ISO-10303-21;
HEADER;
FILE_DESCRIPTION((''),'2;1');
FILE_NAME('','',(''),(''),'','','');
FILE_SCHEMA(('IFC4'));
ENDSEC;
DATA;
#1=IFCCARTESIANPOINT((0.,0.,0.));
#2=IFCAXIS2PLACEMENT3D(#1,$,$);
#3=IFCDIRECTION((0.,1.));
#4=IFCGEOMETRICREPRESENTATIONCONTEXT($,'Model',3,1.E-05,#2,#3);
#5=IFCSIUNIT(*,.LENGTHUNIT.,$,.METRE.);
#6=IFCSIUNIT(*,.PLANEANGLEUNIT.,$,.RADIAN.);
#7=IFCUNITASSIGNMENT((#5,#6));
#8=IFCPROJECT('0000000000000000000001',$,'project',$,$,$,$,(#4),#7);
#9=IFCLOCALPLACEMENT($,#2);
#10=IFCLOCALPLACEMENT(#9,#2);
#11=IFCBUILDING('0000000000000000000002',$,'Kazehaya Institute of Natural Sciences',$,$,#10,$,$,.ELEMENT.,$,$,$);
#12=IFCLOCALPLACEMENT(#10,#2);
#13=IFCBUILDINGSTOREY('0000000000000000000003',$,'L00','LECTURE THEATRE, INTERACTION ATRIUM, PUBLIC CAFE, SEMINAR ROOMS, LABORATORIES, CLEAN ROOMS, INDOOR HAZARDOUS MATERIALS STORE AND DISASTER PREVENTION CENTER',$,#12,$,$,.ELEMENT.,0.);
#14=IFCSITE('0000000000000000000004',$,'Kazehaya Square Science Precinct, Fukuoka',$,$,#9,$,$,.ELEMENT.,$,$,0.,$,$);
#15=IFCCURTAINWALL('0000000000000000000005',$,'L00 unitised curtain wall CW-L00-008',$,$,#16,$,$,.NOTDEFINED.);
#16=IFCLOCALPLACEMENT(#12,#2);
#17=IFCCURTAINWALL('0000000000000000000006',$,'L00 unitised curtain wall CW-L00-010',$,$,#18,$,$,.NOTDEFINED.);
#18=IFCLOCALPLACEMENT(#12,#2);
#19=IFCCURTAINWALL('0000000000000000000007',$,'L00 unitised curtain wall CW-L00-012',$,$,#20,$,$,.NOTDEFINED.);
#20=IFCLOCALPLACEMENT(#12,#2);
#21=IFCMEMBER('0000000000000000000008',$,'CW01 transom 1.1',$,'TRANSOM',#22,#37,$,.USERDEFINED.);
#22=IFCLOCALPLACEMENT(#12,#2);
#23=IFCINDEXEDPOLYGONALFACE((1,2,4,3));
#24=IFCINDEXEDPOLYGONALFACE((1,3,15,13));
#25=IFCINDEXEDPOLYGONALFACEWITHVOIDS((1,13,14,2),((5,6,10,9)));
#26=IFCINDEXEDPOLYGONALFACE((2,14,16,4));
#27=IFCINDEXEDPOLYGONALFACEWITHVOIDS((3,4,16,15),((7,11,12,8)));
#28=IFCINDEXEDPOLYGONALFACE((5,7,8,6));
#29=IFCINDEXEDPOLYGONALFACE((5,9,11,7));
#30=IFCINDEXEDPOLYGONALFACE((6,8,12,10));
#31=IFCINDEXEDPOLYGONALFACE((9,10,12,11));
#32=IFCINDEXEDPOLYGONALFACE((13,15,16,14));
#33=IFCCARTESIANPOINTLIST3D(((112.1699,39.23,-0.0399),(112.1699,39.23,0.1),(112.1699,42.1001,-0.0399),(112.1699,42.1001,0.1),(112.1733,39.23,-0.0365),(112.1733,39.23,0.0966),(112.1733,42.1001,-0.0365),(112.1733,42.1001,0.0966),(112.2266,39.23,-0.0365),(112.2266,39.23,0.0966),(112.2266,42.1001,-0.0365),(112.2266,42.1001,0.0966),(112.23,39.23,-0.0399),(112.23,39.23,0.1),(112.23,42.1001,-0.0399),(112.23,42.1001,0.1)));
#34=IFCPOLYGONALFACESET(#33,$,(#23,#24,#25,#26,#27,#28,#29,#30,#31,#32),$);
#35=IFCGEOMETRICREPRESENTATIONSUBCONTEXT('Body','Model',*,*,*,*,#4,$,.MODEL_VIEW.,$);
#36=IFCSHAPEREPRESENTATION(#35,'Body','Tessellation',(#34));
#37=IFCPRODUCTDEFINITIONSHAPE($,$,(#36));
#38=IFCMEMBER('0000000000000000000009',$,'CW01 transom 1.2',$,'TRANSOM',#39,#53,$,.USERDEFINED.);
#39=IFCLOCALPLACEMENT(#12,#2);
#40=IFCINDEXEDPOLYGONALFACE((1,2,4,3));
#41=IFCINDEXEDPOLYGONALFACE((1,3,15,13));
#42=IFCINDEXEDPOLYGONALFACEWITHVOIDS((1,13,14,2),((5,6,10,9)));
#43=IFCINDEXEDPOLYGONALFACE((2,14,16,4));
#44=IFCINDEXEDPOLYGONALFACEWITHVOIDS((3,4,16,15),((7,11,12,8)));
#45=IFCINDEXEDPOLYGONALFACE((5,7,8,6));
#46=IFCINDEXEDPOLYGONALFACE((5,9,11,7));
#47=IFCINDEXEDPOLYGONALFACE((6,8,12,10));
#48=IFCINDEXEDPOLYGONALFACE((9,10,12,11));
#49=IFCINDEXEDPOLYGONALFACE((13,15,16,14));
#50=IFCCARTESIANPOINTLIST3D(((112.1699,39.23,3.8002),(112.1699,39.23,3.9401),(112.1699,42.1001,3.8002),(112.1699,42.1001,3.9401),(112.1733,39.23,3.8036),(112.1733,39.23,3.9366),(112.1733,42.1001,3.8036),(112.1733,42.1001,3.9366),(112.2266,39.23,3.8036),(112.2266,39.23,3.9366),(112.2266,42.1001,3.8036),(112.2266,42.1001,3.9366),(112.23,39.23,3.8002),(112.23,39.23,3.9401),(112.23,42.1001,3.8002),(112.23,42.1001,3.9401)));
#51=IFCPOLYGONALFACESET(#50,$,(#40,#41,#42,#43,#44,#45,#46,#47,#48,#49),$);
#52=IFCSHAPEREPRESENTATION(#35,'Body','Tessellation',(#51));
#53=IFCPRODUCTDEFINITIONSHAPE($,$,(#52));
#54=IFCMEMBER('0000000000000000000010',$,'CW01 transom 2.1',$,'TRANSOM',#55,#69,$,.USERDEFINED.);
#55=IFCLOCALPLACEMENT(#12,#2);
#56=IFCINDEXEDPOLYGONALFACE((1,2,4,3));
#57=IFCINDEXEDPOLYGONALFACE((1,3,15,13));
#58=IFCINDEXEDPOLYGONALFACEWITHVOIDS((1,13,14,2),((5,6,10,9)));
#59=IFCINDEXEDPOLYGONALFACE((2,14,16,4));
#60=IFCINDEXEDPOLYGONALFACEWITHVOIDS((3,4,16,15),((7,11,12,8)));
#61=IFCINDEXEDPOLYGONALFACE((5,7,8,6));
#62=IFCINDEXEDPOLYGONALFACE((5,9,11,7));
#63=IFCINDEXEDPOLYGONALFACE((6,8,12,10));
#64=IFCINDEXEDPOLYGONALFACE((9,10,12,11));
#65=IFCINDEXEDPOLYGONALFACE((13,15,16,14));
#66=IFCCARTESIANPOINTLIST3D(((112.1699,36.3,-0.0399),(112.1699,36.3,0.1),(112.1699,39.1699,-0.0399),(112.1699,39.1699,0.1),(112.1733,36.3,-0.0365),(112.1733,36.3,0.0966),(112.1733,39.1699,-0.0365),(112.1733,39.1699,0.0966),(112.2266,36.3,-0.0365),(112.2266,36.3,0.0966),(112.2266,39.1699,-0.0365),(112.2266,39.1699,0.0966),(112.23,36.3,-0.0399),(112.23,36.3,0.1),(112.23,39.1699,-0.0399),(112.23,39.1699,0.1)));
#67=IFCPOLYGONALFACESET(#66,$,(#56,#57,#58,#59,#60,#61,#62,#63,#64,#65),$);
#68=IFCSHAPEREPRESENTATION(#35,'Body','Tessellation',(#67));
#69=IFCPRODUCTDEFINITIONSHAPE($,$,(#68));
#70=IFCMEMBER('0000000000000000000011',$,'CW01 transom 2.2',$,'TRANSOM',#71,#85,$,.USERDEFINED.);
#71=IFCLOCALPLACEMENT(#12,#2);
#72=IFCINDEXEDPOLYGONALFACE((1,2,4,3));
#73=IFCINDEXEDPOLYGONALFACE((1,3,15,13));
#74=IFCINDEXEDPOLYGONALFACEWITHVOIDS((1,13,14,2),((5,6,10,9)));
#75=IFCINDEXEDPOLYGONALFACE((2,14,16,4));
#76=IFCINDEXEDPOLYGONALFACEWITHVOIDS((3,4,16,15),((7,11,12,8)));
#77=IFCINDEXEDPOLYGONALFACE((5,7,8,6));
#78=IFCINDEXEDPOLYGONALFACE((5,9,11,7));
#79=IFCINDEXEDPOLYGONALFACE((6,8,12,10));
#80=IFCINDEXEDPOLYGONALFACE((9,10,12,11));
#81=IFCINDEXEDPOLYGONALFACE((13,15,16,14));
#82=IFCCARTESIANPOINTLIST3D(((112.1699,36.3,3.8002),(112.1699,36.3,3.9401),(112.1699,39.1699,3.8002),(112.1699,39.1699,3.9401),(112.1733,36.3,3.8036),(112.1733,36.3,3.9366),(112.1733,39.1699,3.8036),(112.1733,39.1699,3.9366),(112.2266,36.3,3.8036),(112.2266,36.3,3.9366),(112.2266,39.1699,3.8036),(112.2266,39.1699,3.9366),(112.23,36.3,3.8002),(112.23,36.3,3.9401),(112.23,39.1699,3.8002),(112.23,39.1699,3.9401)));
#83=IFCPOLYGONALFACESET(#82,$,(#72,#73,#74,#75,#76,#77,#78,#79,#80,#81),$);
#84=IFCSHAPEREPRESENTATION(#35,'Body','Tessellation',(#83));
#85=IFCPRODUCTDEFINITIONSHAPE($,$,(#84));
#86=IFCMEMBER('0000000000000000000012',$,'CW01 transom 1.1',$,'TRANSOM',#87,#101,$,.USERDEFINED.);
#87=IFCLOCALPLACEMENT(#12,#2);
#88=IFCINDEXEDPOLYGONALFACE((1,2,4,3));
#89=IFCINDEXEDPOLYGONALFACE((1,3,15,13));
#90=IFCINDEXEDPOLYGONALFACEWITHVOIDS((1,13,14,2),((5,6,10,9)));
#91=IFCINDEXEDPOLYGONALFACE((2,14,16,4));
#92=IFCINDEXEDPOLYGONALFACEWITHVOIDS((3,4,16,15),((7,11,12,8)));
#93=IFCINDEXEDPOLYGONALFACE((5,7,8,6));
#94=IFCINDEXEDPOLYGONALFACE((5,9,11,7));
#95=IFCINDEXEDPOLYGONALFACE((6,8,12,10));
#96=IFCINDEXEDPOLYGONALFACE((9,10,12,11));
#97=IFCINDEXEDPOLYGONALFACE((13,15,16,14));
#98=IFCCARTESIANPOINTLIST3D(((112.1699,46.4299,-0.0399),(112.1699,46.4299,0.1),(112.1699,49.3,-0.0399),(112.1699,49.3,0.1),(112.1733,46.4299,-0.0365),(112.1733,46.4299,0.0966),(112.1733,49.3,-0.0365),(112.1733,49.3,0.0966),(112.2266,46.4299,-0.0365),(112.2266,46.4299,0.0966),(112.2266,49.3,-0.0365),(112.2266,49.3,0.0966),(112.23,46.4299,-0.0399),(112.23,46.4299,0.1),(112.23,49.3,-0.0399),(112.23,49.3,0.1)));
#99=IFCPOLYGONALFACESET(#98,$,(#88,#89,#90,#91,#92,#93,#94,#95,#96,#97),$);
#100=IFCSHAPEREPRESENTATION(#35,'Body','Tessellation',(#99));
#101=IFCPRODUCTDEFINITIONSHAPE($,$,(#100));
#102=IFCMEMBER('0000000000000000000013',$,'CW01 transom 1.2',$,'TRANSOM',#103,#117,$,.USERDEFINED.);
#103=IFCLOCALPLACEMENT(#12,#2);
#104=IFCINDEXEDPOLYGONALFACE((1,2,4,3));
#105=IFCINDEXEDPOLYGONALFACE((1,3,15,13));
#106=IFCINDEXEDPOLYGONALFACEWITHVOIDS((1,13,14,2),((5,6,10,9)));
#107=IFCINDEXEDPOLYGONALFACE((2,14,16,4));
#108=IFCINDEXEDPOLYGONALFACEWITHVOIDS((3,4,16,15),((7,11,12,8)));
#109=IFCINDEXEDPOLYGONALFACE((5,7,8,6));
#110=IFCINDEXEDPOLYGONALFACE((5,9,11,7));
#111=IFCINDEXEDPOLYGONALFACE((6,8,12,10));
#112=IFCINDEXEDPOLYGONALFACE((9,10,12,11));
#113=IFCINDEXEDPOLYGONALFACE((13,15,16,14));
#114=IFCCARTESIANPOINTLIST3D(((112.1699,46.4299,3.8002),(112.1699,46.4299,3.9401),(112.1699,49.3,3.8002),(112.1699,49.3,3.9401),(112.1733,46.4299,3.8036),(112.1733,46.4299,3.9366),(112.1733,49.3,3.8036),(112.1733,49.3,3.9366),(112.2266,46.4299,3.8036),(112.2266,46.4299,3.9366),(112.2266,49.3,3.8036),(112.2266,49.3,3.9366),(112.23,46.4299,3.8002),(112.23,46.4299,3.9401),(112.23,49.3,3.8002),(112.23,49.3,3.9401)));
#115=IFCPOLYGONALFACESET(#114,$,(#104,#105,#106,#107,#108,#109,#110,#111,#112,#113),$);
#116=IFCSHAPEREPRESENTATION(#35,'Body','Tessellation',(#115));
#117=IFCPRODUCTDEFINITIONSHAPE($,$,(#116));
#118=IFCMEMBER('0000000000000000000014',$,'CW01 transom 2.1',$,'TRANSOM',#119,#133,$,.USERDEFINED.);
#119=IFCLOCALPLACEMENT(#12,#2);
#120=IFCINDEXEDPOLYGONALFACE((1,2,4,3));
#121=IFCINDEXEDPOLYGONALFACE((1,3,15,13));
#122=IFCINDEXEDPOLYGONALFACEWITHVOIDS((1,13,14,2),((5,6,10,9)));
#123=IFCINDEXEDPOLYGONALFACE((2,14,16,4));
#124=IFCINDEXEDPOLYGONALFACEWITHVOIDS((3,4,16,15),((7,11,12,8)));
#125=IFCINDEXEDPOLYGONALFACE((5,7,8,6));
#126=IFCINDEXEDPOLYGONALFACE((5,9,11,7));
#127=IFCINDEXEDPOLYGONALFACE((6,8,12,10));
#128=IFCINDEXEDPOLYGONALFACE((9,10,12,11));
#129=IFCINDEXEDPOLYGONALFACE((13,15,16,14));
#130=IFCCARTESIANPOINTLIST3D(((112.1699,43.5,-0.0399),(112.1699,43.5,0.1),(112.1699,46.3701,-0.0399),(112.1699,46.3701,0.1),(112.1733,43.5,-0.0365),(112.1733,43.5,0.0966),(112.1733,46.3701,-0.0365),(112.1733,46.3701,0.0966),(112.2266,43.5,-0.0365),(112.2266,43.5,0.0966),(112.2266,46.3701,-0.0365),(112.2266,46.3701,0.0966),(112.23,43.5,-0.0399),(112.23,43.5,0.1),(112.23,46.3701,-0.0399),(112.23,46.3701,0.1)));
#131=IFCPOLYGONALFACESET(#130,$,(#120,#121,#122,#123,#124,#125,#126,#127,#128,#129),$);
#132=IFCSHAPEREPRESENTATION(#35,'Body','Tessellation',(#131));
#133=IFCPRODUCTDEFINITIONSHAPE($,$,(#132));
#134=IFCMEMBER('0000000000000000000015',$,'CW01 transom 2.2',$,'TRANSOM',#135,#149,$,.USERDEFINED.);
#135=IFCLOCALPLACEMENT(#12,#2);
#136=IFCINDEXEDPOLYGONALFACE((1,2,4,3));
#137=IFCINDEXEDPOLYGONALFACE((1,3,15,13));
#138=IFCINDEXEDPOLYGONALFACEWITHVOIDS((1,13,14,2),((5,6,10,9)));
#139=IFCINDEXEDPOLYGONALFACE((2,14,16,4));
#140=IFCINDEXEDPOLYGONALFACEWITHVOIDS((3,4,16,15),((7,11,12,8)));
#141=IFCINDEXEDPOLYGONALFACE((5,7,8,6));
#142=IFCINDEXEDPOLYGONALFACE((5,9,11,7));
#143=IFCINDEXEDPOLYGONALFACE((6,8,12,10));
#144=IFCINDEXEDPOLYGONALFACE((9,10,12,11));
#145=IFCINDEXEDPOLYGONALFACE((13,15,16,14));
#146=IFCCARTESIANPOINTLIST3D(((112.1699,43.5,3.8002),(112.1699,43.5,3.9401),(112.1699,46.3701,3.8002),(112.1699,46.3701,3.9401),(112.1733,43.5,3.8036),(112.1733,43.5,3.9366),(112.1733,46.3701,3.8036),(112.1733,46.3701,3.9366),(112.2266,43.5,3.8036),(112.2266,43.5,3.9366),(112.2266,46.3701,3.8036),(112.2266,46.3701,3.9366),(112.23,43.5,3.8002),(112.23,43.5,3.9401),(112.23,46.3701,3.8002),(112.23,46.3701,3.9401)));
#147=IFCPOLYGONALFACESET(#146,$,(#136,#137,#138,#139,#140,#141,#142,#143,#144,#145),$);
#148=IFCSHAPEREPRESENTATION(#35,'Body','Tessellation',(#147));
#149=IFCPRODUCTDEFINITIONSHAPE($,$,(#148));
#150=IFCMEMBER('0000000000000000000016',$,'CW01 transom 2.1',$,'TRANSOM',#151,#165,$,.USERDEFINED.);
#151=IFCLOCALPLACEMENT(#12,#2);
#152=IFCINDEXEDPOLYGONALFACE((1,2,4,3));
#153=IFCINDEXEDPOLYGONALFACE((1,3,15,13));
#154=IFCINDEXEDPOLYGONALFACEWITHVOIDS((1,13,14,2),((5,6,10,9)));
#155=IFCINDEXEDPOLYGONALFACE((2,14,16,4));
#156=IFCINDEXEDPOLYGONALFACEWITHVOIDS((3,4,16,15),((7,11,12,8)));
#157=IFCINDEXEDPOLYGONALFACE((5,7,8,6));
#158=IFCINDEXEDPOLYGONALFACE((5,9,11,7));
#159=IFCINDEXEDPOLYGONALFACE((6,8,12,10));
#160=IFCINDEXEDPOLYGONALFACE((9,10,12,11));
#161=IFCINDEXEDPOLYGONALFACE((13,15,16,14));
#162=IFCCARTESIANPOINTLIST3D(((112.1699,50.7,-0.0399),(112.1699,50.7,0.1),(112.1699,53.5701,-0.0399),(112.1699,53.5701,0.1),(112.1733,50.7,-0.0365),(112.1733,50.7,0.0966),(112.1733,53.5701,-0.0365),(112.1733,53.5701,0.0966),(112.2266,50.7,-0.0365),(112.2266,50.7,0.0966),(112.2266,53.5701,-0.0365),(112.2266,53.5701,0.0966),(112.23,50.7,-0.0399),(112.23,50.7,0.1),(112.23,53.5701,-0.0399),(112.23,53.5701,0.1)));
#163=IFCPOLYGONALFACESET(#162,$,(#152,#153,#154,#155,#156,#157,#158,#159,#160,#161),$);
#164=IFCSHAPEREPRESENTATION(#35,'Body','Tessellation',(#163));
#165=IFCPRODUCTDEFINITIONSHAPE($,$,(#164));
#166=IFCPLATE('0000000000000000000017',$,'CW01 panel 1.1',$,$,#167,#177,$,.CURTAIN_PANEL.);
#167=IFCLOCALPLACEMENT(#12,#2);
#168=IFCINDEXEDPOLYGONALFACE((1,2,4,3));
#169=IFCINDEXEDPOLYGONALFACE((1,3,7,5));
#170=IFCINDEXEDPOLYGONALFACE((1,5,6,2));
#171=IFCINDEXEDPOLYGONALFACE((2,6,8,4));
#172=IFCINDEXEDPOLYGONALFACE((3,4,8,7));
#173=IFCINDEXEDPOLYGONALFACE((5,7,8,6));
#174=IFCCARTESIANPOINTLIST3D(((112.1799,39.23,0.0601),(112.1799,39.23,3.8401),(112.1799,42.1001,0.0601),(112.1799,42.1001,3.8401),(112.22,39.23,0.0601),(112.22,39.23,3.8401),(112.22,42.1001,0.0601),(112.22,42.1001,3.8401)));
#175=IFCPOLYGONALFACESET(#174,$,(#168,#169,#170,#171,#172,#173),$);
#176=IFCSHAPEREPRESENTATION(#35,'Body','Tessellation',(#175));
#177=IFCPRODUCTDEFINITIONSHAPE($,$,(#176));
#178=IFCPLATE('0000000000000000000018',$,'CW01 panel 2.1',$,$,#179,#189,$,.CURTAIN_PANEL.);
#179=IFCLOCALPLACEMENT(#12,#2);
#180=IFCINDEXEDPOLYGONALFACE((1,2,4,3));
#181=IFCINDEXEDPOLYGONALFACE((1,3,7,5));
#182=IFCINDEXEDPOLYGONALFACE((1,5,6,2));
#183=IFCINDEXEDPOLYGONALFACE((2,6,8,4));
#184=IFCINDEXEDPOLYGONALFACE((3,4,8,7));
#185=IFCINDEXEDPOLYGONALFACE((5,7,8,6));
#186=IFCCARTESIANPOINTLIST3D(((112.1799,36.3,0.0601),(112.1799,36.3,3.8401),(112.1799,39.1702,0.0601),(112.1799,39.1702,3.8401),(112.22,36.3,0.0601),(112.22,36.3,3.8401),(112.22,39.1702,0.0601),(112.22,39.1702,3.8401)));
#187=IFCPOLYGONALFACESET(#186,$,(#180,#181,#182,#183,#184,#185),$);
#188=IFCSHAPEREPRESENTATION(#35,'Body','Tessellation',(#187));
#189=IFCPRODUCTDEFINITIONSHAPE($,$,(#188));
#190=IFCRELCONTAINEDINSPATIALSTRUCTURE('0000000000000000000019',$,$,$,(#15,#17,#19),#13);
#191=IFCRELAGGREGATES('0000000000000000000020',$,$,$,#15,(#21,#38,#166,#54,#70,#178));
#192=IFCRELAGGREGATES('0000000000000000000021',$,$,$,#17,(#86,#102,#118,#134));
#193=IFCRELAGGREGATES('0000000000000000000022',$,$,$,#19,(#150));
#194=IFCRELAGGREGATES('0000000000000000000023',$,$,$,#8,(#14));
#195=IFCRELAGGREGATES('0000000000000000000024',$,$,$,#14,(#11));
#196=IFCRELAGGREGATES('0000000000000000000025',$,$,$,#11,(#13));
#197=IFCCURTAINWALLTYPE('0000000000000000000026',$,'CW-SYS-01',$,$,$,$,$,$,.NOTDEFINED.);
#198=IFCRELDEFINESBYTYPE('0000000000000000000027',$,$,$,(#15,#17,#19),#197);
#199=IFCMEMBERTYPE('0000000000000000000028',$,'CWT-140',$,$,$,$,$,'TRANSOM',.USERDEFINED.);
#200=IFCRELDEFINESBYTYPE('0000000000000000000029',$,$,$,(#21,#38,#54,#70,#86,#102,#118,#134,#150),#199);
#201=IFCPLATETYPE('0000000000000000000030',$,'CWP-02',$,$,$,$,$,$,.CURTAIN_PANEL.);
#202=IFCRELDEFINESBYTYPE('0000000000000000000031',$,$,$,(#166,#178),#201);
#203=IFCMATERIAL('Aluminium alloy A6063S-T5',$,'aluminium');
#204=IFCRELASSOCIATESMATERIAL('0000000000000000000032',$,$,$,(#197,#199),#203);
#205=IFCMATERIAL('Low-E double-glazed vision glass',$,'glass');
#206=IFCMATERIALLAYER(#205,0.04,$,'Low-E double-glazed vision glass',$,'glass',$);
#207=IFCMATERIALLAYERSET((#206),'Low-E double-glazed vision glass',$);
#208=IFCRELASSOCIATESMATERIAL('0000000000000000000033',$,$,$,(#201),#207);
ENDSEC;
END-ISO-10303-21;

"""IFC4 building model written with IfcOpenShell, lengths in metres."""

from ifc_helpers import new_model, si_unit, direction, frame, origin, origin_2d, place, context, subcontext, project, spatial, rectangle, hollow_rectangle, extrude, material, layer, layer_set, material_profile, profile_set, type_object, element, aggregate, save


model = new_model("IFC4")

# Units and contexts
model_context = context("Model", 3, precision=1e-05, world=origin(), true_north=direction((0.0, 1.0)))
body_context = subcontext(model_context, "Body", "Model", "MODEL_VIEW")
ifc_project = project(units=[si_unit("LENGTHUNIT", "METRE"), si_unit("PLANEANGLEUNIT", "RADIAN")], contexts=[model_context])

# Site, building, storey
site_placement = place(None, origin())
site = spatial("IfcSite", under=ifc_project, at=site_placement, Name="Kazehaya Square Science Precinct, Fukuoka", CompositionType="ELEMENT", RefElevation=0.0)
building_placement = place(site_placement, origin())
building = spatial("IfcBuilding", under=site, at=building_placement, Name="Kazehaya Institute of Natural Sciences", CompositionType="ELEMENT")
storey_placement = place(building_placement, origin())
storey = spatial("IfcBuildingStorey", under=building, at=storey_placement, Name="L00", Description="LECTURE THEATRE, INTERACTION ATRIUM, PUBLIC CAFE, SEMINAR ROOMS, LABORATORIES, CLEAN ROOMS, INDOOR HAZARDOUS MATERIALS STORE AND DISASTER PREVENTION CENTER", CompositionType="ELEMENT", Elevation=0.0)

# Curtain walls
ifc_material_1 = material(Name="Aluminium alloy A6063S-T5", Category="aluminium")
curtain_wall_type = type_object("IfcCurtainWallType", Name="CW-SYS-01", PredefinedType="NOTDEFINED", material=ifc_material_1)
curtain_wall_1_placement = place(storey_placement, origin())
curtain_wall_1 = element("IfcCurtainWall", 1, at=curtain_wall_1_placement, inside=storey, type_object=curtain_wall_type, Name="L00 unitised curtain wall CW-L00-008", PredefinedType="NOTDEFINED")
curtain_wall_2_placement = place(storey_placement, origin())
curtain_wall_2 = element("IfcCurtainWall", 2, at=curtain_wall_2_placement, inside=storey, type_object=curtain_wall_type, Name="L00 unitised curtain wall CW-L00-010", PredefinedType="NOTDEFINED")

# Curtain wall
curtain_wall_3_placement = place(storey_placement, origin())
curtain_wall_3 = element("IfcCurtainWall", 3, at=curtain_wall_3_placement, inside=storey, type_object=curtain_wall_type, Name="L00 unitised curtain wall CW-L00-012", PredefinedType="NOTDEFINED")

# Members
ifc_material_profile_1 = material_profile(ifc_material_1, hollow_rectangle(XDim=0.0601, YDim=0.1399, WallThickness=0.0034, at=origin_2d()), Name="ALU-60x140x3.5")
ifc_profile_set_1 = profile_set([ifc_material_profile_1], Name="Aluminium alloy A6063S-T5")
member_type_1 = type_object("IfcMemberType", Name="CWT-140", ElementType="TRANSOM", PredefinedType="USERDEFINED", material=ifc_profile_set_1)
member_1_placement = place(storey_placement, frame((112.2, 42.1001, 0.03), z_axis=(0.0, -1.0, 0.0), x_axis=(1.0, 0.0, 0.0)))
member_1 = element("IfcMember", 4, at=member_1_placement, type_object=member_type_1, Name="CW01 transom 1.1", ObjectType="TRANSOM", PredefinedType="USERDEFINED", context=body_context, shape_type="SweptSolid", body=[
    extrude(hollow_rectangle(XDim=0.0601, YDim=0.1399, WallThickness=0.0034, at=origin_2d()), origin(), (0.0, 0.0, 1.0), 2.8701),
])
member_2_placement = place(storey_placement, frame((112.2, 42.1001, 3.8701), z_axis=(0.0, -1.0, 0.0), x_axis=(1.0, 0.0, 0.0)))
member_2 = element("IfcMember", 5, at=member_2_placement, type_object=member_type_1, Name="CW01 transom 1.2", ObjectType="TRANSOM", PredefinedType="USERDEFINED", context=body_context, shape_type="SweptSolid", body=[
    extrude(hollow_rectangle(XDim=0.0601, YDim=0.1399, WallThickness=0.0034, at=origin_2d()), origin(), (0.0, 0.0, 1.0), 2.8701),
])
member_3_placement = place(storey_placement, frame((112.2, 39.1699, 0.03), z_axis=(0.0, -1.0, 0.0), x_axis=(1.0, 0.0, 0.0)))
member_3 = element("IfcMember", 6, at=member_3_placement, type_object=member_type_1, Name="CW01 transom 2.1", ObjectType="TRANSOM", PredefinedType="USERDEFINED", context=body_context, shape_type="SweptSolid", body=[
    extrude(hollow_rectangle(XDim=0.0601, YDim=0.1399, WallThickness=0.0034, at=origin_2d()), origin(), (0.0, 0.0, 1.0), 2.8699),
])
member_4_placement = place(storey_placement, frame((112.2, 39.1699, 3.8701), z_axis=(0.0, -1.0, 0.0), x_axis=(1.0, 0.0, 0.0)))
member_4 = element("IfcMember", 7, at=member_4_placement, type_object=member_type_1, Name="CW01 transom 2.2", ObjectType="TRANSOM", PredefinedType="USERDEFINED", context=body_context, shape_type="SweptSolid", body=[
    extrude(hollow_rectangle(XDim=0.0601, YDim=0.1399, WallThickness=0.0034, at=origin_2d()), origin(), (0.0, 0.0, 1.0), 2.8699),
])
member_5_placement = place(storey_placement, frame((112.2, 49.3, 0.03), z_axis=(0.0, -1.0, 0.0), x_axis=(1.0, 0.0, 0.0)))
member_5 = element("IfcMember", 8, at=member_5_placement, type_object=member_type_1, Name="CW01 transom 1.1", ObjectType="TRANSOM", PredefinedType="USERDEFINED", context=body_context, shape_type="SweptSolid", body=[
    extrude(hollow_rectangle(XDim=0.0601, YDim=0.1399, WallThickness=0.0034, at=origin_2d()), origin(), (0.0, 0.0, 1.0), 2.8701),
])
member_6_placement = place(storey_placement, frame((112.2, 49.3, 3.8701), z_axis=(0.0, -1.0, 0.0), x_axis=(1.0, 0.0, 0.0)))
member_6 = element("IfcMember", 9, at=member_6_placement, type_object=member_type_1, Name="CW01 transom 1.2", ObjectType="TRANSOM", PredefinedType="USERDEFINED", context=body_context, shape_type="SweptSolid", body=[
    extrude(hollow_rectangle(XDim=0.0601, YDim=0.1399, WallThickness=0.0034, at=origin_2d()), origin(), (0.0, 0.0, 1.0), 2.8701),
])
member_7_placement = place(storey_placement, frame((112.2, 46.3701, 0.03), z_axis=(0.0, -1.0, 0.0), x_axis=(1.0, 0.0, 0.0)))
member_7 = element("IfcMember", 10, at=member_7_placement, type_object=member_type_1, Name="CW01 transom 2.1", ObjectType="TRANSOM", PredefinedType="USERDEFINED", context=body_context, shape_type="SweptSolid", body=[
    extrude(hollow_rectangle(XDim=0.0601, YDim=0.1399, WallThickness=0.0034, at=origin_2d()), origin(), (0.0, 0.0, 1.0), 2.8701),
])
member_8_placement = place(storey_placement, frame((112.2, 46.3701, 3.8701), z_axis=(0.0, -1.0, 0.0), x_axis=(1.0, 0.0, 0.0)))
member_8 = element("IfcMember", 11, at=member_8_placement, type_object=member_type_1, Name="CW01 transom 2.2", ObjectType="TRANSOM", PredefinedType="USERDEFINED", context=body_context, shape_type="SweptSolid", body=[
    extrude(hollow_rectangle(XDim=0.0601, YDim=0.1399, WallThickness=0.0034, at=origin_2d()), origin(), (0.0, 0.0, 1.0), 2.8701),
])
member_9_placement = place(storey_placement, frame((112.2, 53.5701, 0.03), z_axis=(0.0, -1.0, 0.0), x_axis=(1.0, 0.0, 0.0)))
member_9 = element("IfcMember", 12, at=member_9_placement, type_object=member_type_1, Name="CW01 transom 2.1", ObjectType="TRANSOM", PredefinedType="USERDEFINED", context=body_context, shape_type="SweptSolid", body=[
    extrude(hollow_rectangle(XDim=0.0601, YDim=0.1399, WallThickness=0.0034, at=origin_2d()), origin(), (0.0, 0.0, 1.0), 2.8701),
])

# Plates
ifc_material_2 = material(Name="Low-E double-glazed vision glass", Category="glass")
ifc_layer_1 = layer(ifc_material_2, 0.04, Name="Low-E double-glazed vision glass", Category="glass")
ifc_layer_set_1 = layer_set([ifc_layer_1], Name="Low-E double-glazed vision glass")
plate_type_1 = type_object("IfcPlateType", Name="CWP-02", PredefinedType="CURTAIN_PANEL", material=ifc_layer_set_1)
plate_1_placement = place(storey_placement, frame((112.2, 40.665, 0.0601), z_axis=(0.0, 0.0, 1.0), x_axis=(0.0, -1.0, 0.0)))
plate_1 = element("IfcPlate", 13, at=plate_1_placement, type_object=plate_type_1, Name="CW01 panel 1.1", PredefinedType="CURTAIN_PANEL", context=body_context, shape_type="SweptSolid", body=[
    extrude(rectangle(XDim=2.8701, YDim=0.04, at=origin_2d()), origin(), (0.0, 0.0, 1.0), 3.78),
])
plate_2_placement = place(storey_placement, frame((112.2, 37.7351, 0.0601), z_axis=(0.0, 0.0, 1.0), x_axis=(0.0, -1.0, 0.0)))
plate_2 = element("IfcPlate", 14, at=plate_2_placement, type_object=plate_type_1, Name="CW01 panel 2.1", PredefinedType="CURTAIN_PANEL", context=body_context, shape_type="SweptSolid", body=[
    extrude(rectangle(XDim=2.8701, YDim=0.04, at=origin_2d()), origin(), (0.0, 0.0, 1.0), 3.78),
])
aggregate(curtain_wall_1, [member_1, member_2, plate_1, member_3, member_4, plate_2])
aggregate(curtain_wall_2, [member_5, member_6, member_7, member_8])
aggregate(curtain_wall_3, [member_9])

save(model, "model.ifc")
